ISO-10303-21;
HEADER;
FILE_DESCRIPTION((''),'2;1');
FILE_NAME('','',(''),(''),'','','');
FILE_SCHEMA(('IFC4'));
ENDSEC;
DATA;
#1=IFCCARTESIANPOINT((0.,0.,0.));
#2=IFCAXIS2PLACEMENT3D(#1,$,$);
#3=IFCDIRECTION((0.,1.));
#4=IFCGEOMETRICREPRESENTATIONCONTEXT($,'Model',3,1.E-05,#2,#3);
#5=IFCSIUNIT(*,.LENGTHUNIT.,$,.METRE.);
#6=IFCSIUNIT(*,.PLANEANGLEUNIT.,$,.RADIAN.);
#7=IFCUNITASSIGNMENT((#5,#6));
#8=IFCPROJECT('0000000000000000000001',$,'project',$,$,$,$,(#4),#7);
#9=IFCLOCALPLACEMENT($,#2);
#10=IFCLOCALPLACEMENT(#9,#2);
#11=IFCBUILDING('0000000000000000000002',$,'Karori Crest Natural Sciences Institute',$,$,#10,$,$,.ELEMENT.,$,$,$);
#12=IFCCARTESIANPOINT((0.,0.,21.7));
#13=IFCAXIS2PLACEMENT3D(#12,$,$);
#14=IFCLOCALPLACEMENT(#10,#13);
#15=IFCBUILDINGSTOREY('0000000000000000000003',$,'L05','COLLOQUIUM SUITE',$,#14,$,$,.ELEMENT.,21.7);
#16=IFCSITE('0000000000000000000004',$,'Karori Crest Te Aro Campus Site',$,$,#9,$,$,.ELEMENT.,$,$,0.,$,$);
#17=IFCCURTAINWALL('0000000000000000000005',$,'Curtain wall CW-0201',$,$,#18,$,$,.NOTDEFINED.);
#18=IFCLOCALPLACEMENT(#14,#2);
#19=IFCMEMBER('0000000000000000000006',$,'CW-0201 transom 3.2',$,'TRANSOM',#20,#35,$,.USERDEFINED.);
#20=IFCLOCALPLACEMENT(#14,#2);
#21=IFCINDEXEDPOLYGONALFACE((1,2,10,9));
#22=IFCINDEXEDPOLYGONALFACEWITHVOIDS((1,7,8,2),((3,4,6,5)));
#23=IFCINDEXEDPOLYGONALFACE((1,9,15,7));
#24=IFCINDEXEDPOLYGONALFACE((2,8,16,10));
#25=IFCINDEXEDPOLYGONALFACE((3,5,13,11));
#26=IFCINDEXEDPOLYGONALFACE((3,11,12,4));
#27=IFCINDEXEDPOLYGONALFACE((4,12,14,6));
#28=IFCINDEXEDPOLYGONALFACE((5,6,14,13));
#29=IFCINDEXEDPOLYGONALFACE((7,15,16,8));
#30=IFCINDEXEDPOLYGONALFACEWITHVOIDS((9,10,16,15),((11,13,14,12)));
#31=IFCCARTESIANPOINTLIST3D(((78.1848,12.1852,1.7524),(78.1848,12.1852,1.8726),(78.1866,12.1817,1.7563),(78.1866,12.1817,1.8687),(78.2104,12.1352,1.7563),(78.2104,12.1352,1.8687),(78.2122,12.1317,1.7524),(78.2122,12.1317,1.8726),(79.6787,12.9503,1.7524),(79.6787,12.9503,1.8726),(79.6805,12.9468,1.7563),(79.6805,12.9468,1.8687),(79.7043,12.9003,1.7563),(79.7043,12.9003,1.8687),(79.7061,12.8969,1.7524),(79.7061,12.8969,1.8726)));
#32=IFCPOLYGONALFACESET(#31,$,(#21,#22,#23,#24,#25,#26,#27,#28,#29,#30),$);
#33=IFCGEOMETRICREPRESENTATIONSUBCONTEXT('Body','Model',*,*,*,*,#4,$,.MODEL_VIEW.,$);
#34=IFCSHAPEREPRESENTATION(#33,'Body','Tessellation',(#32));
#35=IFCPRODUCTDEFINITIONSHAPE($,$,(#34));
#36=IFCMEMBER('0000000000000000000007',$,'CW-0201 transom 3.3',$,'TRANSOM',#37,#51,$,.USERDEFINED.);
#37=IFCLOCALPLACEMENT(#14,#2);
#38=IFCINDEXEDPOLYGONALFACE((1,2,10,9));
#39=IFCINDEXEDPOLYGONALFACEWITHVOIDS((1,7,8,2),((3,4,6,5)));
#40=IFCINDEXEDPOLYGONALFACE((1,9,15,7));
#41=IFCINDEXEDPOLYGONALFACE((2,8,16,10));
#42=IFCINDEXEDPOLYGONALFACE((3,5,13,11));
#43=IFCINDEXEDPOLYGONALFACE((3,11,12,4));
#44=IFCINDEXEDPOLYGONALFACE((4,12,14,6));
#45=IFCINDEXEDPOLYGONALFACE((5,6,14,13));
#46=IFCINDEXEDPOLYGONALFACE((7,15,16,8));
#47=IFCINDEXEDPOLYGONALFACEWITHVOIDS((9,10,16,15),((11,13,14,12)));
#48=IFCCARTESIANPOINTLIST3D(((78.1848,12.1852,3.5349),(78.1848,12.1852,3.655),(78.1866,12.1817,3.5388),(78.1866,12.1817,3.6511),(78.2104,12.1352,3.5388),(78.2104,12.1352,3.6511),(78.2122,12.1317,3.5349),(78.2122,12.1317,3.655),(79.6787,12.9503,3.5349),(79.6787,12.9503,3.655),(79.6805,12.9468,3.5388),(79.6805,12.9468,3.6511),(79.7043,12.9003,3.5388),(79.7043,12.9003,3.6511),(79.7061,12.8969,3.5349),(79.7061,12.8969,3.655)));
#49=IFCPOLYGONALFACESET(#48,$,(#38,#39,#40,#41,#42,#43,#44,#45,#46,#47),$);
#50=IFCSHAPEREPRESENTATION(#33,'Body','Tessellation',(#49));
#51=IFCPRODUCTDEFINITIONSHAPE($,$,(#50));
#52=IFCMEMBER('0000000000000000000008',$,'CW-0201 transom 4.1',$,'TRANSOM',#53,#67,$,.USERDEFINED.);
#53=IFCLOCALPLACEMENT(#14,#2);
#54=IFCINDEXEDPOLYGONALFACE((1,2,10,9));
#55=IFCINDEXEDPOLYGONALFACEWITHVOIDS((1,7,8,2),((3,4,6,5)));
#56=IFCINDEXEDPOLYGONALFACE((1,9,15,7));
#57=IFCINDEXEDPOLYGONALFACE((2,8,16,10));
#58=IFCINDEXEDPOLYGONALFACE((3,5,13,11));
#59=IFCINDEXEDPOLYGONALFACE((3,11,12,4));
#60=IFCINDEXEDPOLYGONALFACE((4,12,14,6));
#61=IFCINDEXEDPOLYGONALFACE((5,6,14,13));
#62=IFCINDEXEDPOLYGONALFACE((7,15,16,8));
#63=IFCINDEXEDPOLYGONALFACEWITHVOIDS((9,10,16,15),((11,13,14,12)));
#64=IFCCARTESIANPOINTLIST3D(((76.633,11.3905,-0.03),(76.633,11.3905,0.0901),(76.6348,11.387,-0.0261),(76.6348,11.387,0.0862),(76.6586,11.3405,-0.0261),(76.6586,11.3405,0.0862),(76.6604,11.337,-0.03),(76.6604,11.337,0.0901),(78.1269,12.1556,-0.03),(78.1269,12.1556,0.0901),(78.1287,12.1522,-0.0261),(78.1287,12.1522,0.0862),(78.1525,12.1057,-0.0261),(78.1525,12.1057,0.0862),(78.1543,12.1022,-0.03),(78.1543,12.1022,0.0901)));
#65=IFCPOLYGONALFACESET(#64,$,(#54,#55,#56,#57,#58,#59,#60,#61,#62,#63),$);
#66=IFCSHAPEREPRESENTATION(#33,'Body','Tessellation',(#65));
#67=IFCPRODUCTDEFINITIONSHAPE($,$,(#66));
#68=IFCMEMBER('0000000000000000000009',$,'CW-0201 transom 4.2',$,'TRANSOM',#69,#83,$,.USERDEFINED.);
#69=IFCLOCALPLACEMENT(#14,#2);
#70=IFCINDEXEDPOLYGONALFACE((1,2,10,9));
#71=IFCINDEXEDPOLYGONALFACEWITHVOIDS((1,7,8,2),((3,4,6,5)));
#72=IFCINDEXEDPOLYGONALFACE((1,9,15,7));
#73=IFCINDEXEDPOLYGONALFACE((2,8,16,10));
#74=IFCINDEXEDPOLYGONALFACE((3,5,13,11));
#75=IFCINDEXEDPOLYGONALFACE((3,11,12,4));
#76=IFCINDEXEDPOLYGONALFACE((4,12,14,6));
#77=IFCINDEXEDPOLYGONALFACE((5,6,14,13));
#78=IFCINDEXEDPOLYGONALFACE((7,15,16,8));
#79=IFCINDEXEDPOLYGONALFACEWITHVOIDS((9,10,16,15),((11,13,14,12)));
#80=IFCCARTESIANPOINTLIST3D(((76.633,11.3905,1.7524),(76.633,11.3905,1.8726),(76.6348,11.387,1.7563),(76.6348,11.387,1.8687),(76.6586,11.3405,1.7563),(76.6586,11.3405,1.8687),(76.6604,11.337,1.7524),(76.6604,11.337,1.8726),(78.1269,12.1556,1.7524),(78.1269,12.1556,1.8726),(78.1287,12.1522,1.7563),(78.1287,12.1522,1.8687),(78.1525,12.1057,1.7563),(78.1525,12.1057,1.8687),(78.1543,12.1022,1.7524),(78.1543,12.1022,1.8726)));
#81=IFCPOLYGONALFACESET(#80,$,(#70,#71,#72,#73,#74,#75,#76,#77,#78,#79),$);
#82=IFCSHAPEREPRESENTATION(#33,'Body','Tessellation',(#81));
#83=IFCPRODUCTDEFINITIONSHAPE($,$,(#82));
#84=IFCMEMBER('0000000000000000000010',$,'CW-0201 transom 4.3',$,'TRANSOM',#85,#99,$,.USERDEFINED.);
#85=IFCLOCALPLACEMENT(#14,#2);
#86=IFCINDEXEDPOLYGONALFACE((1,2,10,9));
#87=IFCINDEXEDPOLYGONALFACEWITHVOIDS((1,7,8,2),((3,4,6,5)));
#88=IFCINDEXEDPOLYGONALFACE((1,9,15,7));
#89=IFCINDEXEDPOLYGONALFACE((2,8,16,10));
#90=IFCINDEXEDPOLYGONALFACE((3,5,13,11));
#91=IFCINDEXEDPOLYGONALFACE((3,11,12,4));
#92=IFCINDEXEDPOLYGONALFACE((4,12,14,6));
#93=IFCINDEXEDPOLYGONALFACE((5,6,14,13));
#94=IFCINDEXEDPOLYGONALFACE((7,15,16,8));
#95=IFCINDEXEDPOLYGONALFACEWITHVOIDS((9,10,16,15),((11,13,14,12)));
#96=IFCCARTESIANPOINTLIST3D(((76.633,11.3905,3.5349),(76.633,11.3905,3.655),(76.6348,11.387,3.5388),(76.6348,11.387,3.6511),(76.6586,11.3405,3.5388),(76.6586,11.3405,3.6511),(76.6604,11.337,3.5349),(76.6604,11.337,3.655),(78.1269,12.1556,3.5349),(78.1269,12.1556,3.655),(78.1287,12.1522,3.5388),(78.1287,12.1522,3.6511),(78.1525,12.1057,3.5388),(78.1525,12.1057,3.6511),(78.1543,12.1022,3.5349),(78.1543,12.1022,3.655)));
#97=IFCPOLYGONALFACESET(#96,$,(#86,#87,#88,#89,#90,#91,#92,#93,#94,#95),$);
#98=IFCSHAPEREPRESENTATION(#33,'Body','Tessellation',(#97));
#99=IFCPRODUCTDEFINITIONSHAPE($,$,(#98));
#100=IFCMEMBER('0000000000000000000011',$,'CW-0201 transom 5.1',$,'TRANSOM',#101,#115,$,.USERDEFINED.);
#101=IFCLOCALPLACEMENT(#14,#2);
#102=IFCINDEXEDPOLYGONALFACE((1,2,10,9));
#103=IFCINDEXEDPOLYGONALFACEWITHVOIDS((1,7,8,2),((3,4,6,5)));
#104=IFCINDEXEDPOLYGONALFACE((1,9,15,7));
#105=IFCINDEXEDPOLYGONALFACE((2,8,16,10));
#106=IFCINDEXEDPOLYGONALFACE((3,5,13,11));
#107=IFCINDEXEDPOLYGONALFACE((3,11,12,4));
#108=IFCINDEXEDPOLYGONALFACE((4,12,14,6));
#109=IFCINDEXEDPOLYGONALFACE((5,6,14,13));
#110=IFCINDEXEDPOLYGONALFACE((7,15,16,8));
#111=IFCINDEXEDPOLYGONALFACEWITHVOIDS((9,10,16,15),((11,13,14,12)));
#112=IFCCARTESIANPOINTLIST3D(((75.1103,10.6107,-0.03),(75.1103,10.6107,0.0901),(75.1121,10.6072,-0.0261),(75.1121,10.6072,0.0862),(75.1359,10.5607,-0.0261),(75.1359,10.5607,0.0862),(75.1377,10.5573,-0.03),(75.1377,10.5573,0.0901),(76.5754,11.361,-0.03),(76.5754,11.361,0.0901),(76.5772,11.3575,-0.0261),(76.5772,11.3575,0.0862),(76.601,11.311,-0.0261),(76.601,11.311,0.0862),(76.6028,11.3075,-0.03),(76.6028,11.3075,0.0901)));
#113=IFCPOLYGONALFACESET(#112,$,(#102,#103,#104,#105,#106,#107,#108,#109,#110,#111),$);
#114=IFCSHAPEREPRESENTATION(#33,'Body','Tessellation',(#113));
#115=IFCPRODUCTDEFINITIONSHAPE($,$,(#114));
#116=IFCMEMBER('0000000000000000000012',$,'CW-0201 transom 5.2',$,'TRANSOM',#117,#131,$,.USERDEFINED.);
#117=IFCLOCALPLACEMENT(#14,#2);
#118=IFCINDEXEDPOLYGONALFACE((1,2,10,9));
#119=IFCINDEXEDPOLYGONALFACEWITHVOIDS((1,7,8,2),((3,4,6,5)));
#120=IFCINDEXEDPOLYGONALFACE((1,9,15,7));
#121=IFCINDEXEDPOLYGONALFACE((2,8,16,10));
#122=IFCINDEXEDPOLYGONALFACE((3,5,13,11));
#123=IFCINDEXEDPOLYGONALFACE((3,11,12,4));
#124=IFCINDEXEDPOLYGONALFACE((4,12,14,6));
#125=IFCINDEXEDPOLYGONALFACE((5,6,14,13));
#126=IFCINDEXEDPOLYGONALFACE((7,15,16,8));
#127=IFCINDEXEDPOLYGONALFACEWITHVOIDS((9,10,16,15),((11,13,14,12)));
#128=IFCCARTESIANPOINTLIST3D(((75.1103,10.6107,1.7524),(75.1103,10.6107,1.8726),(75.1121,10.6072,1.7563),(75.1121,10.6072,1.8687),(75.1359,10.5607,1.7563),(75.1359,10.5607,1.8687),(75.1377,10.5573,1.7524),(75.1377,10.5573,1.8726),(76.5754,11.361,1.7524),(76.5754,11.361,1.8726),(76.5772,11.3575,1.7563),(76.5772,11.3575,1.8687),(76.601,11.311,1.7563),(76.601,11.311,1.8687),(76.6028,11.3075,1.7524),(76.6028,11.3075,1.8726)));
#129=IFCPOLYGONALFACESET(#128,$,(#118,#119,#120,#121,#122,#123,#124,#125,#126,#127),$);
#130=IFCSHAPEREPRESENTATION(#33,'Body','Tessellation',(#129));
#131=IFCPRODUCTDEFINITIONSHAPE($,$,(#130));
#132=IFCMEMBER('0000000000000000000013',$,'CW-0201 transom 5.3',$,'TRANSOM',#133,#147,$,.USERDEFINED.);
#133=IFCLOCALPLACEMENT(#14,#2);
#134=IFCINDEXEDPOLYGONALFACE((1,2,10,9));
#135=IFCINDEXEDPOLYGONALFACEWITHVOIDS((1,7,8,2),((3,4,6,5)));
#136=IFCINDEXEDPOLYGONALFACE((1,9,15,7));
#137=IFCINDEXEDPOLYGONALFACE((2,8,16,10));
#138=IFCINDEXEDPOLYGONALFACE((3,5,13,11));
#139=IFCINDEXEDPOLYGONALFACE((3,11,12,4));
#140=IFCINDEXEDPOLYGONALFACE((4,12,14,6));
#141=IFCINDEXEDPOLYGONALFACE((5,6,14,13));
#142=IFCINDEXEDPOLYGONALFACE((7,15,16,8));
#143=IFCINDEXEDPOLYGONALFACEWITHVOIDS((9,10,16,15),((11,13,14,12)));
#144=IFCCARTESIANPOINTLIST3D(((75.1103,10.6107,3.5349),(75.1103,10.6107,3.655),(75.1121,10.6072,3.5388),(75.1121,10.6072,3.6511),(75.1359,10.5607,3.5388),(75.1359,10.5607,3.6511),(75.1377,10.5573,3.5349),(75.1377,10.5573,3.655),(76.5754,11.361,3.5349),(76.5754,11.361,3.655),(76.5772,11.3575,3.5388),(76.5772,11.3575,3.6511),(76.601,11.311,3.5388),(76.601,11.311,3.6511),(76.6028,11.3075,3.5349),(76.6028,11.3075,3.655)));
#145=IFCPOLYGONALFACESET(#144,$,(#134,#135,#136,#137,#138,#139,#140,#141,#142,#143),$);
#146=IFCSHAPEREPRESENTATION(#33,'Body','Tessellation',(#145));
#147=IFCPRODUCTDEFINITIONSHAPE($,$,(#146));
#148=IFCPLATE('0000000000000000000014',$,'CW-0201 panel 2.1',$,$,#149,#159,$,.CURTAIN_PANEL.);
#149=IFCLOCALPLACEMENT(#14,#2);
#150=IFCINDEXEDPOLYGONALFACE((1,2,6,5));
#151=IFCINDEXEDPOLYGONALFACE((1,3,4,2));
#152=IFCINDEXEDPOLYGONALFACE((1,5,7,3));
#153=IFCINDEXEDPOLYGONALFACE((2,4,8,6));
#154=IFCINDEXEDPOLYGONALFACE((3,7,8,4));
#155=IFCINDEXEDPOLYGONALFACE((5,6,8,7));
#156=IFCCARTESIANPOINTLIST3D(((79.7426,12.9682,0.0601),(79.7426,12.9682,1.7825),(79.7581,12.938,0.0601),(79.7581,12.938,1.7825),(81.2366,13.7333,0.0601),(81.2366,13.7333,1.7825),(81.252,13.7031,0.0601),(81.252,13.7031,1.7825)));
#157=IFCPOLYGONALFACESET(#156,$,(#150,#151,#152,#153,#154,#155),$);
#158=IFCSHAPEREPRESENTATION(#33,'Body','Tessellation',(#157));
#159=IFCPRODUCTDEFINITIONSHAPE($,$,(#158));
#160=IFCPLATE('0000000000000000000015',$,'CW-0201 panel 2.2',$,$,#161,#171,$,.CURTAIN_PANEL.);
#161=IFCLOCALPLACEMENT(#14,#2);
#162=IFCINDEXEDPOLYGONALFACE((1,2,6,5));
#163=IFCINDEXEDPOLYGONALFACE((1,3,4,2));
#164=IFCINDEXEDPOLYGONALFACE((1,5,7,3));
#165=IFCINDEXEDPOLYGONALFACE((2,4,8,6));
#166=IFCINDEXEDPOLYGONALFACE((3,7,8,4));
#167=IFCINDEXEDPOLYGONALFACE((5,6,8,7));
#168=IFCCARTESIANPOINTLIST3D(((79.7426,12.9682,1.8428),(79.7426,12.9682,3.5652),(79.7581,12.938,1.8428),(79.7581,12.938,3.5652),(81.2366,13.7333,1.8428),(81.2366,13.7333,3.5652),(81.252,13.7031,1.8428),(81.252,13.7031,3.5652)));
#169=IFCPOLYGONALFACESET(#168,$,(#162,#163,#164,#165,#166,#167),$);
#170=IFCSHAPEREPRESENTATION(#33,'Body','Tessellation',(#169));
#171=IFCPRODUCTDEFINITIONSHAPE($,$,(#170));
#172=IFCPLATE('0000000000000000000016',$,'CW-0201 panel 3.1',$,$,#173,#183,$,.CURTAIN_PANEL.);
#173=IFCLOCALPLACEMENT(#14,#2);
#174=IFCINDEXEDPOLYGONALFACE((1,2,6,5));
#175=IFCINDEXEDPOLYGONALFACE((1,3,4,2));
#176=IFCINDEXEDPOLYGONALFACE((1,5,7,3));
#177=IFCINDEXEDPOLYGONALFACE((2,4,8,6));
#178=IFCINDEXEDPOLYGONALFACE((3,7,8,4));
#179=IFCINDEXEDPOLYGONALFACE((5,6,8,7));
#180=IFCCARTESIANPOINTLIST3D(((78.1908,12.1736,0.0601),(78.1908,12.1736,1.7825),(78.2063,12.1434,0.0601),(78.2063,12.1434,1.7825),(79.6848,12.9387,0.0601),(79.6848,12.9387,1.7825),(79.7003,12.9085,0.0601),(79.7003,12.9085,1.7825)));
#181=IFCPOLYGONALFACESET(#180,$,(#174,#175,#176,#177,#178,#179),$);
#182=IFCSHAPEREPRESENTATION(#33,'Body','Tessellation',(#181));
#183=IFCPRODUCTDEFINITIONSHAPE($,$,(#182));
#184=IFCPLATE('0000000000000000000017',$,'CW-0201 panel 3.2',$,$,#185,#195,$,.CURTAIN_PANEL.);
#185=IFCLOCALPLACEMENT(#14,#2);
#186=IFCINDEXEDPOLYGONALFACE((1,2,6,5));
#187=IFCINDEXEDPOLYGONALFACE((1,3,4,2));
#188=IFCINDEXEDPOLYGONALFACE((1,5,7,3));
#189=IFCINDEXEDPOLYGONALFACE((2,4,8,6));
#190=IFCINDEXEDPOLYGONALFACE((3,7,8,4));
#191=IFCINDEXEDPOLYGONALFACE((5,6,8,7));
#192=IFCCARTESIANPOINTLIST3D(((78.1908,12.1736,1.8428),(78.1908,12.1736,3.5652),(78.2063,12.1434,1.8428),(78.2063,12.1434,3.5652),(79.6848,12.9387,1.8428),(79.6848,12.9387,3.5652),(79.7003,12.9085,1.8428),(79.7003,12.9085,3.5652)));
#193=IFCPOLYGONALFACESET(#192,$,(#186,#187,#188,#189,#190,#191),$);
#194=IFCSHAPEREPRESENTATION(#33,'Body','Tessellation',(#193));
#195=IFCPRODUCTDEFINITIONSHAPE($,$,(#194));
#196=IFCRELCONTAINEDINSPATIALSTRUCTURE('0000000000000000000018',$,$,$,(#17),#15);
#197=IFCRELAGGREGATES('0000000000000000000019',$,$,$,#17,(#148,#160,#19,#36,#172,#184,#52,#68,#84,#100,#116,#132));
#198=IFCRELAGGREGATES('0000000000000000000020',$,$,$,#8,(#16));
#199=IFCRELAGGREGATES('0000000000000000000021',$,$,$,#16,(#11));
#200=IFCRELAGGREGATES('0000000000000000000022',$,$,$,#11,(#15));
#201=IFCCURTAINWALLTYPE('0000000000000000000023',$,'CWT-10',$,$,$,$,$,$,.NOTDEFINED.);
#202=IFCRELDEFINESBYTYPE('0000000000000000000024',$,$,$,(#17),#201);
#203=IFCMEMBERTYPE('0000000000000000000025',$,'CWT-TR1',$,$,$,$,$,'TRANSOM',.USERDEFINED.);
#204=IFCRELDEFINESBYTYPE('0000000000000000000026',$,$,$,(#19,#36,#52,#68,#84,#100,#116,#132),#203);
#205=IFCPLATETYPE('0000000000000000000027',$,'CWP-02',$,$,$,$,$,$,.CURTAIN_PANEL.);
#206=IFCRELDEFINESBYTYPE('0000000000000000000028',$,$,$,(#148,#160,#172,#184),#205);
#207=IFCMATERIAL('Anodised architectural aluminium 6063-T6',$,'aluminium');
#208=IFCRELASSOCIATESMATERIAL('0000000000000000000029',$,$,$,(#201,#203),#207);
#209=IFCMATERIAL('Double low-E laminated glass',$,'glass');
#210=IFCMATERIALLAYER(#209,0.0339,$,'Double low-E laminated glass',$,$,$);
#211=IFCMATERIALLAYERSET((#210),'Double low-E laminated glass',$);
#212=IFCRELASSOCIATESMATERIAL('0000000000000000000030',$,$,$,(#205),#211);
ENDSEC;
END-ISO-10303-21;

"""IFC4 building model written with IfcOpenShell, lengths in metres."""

from ifc_helpers import new_model, si_unit, direction, frame, origin, origin_2d, place, context, subcontext, project, spatial, rectangle, hollow_rectangle, extrude, material, layer, layer_set, material_profile, profile_set, type_object, element, aggregate, save


model = new_model("IFC4")

# Units and contexts
model_context = context("Model", 3, precision=1e-05, world=origin(), true_north=direction((0.0, 1.0)))
body_context = subcontext(model_context, "Body", "Model", "MODEL_VIEW")
ifc_project = project(units=[si_unit("LENGTHUNIT", "METRE"), si_unit("PLANEANGLEUNIT", "RADIAN")], contexts=[model_context])

# Site, building, storey
site_placement = place(None, origin())
site = spatial("IfcSite", under=ifc_project, at=site_placement, Name="Karori Crest Te Aro Campus Site", CompositionType="ELEMENT", RefElevation=0.0)
building_placement = place(site_placement, origin())
building = spatial("IfcBuilding", under=site, at=building_placement, Name="Karori Crest Natural Sciences Institute", CompositionType="ELEMENT")
storey_placement = place(building_placement, frame((0.0, 0.0, 21.7)))
storey = spatial("IfcBuildingStorey", under=building, at=storey_placement, Name="L05", Description="COLLOQUIUM SUITE", CompositionType="ELEMENT", Elevation=21.7)

# Curtain wall, members, plates
ifc_material_1 = material(Name="Anodised architectural aluminium 6063-T6", Category="aluminium")
curtain_wall_type = type_object("IfcCurtainWallType", Name="CWT-10", PredefinedType="NOTDEFINED", material=ifc_material_1)
curtain_wall_placement = place(storey_placement, origin())
curtain_wall = element("IfcCurtainWall", 1, at=curtain_wall_placement, inside=storey, type_object=curtain_wall_type, Name="Curtain wall CW-0201", PredefinedType="NOTDEFINED")
ifc_material_profile_1 = material_profile(ifc_material_1, hollow_rectangle(XDim=0.0601, YDim=0.1201, WallThickness=0.0039, at=origin_2d()), Name="CWT120x60x4")
ifc_profile_set_1 = profile_set([ifc_material_profile_1], Name="Anodised architectural aluminium 6063-T6")
member_type_1 = type_object("IfcMemberType", Name="CWT-TR1", ElementType="TRANSOM", PredefinedType="USERDEFINED", material=ifc_profile_set_1)
member_1_placement = place(storey_placement, frame((79.6924, 12.9236, 1.8125), z_axis=(-0.890051, -0.455862, 0.0), x_axis=(0.455862, -0.890051, 0.0)))
member_1 = element("IfcMember", 2, at=member_1_placement, type_object=member_type_1, Name="CW-0201 transom 3.2", ObjectType="TRANSOM", PredefinedType="USERDEFINED", context=body_context, shape_type="SweptSolid", body=[
    extrude(hollow_rectangle(XDim=0.0601, YDim=0.1201, WallThickness=0.0039, at=origin_2d()), origin(), (0.0, 0.0, 1.0), 1.6785),
])
member_2_placement = place(storey_placement, frame((79.6924, 12.9236, 3.595), z_axis=(-0.890051, -0.455862, 0.0), x_axis=(0.455862, -0.890051, 0.0)))
member_2 = element("IfcMember", 3, at=member_2_placement, type_object=member_type_1, Name="CW-0201 transom 3.3", ObjectType="TRANSOM", PredefinedType="USERDEFINED", context=body_context, shape_type="SweptSolid", body=[
    extrude(hollow_rectangle(XDim=0.0601, YDim=0.1201, WallThickness=0.0039, at=origin_2d()), origin(), (0.0, 0.0, 1.0), 1.6785),
])
member_3_placement = place(storey_placement, frame((78.1406, 12.1289, 0.03), z_axis=(-0.890051, -0.455862, 0.0), x_axis=(0.455862, -0.890051, 0.0)))
member_3 = element("IfcMember", 4, at=member_3_placement, type_object=member_type_1, Name="CW-0201 transom 4.1", ObjectType="TRANSOM", PredefinedType="USERDEFINED", context=body_context, shape_type="SweptSolid", body=[
    extrude(hollow_rectangle(XDim=0.0601, YDim=0.1201, WallThickness=0.0039, at=origin_2d()), origin(), (0.0, 0.0, 1.0), 1.6785),
])
member_4_placement = place(storey_placement, frame((78.1406, 12.1289, 1.8125), z_axis=(-0.890051, -0.455862, 0.0), x_axis=(0.455862, -0.890051, 0.0)))
member_4 = element("IfcMember", 5, at=member_4_placement, type_object=member_type_1, Name="CW-0201 transom 4.2", ObjectType="TRANSOM", PredefinedType="USERDEFINED", context=body_context, shape_type="SweptSolid", body=[
    extrude(hollow_rectangle(XDim=0.0601, YDim=0.1201, WallThickness=0.0039, at=origin_2d()), origin(), (0.0, 0.0, 1.0), 1.6785),
])
member_5_placement = place(storey_placement, frame((78.1406, 12.1289, 3.595), z_axis=(-0.890051, -0.455862, 0.0), x_axis=(0.455862, -0.890051, 0.0)))
member_5 = element("IfcMember", 6, at=member_5_placement, type_object=member_type_1, Name="CW-0201 transom 4.3", ObjectType="TRANSOM", PredefinedType="USERDEFINED", context=body_context, shape_type="SweptSolid", body=[
    extrude(hollow_rectangle(XDim=0.0601, YDim=0.1201, WallThickness=0.0039, at=origin_2d()), origin(), (0.0, 0.0, 1.0), 1.6785),
])
member_6_placement = place(storey_placement, frame((76.5891, 11.3342, 0.03), z_axis=(-0.890084, -0.455796, 0.0), x_axis=(0.455796, -0.890084, 0.0)))
member_6 = element("IfcMember", 7, at=member_6_placement, type_object=member_type_1, Name="CW-0201 transom 5.1", ObjectType="TRANSOM", PredefinedType="USERDEFINED", context=body_context, shape_type="SweptSolid", body=[
    extrude(hollow_rectangle(XDim=0.0601, YDim=0.1201, WallThickness=0.0039, at=origin_2d()), origin(), (0.0, 0.0, 1.0), 1.646),
])
member_7_placement = place(storey_placement, frame((76.5891, 11.3342, 1.8125), z_axis=(-0.890084, -0.455796, 0.0), x_axis=(0.455796, -0.890084, 0.0)))
member_7 = element("IfcMember", 8, at=member_7_placement, type_object=member_type_1, Name="CW-0201 transom 5.2", ObjectType="TRANSOM", PredefinedType="USERDEFINED", context=body_context, shape_type="SweptSolid", body=[
    extrude(hollow_rectangle(XDim=0.0601, YDim=0.1201, WallThickness=0.0039, at=origin_2d()), origin(), (0.0, 0.0, 1.0), 1.646),
])
member_8_placement = place(storey_placement, frame((76.5891, 11.3342, 3.595), z_axis=(-0.890084, -0.455796, 0.0), x_axis=(0.455796, -0.890084, 0.0)))
member_8 = element("IfcMember", 9, at=member_8_placement, type_object=member_type_1, Name="CW-0201 transom 5.3", ObjectType="TRANSOM", PredefinedType="USERDEFINED", context=body_context, shape_type="SweptSolid", body=[
    extrude(hollow_rectangle(XDim=0.0601, YDim=0.1201, WallThickness=0.0039, at=origin_2d()), origin(), (0.0, 0.0, 1.0), 1.646),
])
ifc_material_2 = material(Name="Double low-E laminated glass", Category="glass")
ifc_layer_1 = layer(ifc_material_2, 0.0339, Name="Double low-E laminated glass")
ifc_layer_set_1 = layer_set([ifc_layer_1], Name="Double low-E laminated glass")
plate_type = type_object("IfcPlateType", Name="CWP-02", PredefinedType="CURTAIN_PANEL", material=ifc_layer_set_1)
plate_1_placement = place(storey_placement, frame((80.4973, 13.3357, 0.0601), z_axis=(0.0, 0.0, 1.0), x_axis=(-0.890067, -0.455829, 0.0)))
plate_1 = element("IfcPlate", 10, at=plate_1_placement, type_object=plate_type, Name="CW-0201 panel 2.1", PredefinedType="CURTAIN_PANEL", context=body_context, shape_type="SweptSolid", body=[
    extrude(rectangle(XDim=1.6785, YDim=0.0339, at=origin_2d()), origin(), (0.0, 0.0, 1.0), 1.7224),
])
plate_2_placement = place(storey_placement, frame((80.4973, 13.3357, 1.8428), z_axis=(0.0, 0.0, 1.0), x_axis=(-0.890067, -0.455829, 0.0)))
plate_2 = element("IfcPlate", 11, at=plate_2_placement, type_object=plate_type, Name="CW-0201 panel 2.2", PredefinedType="CURTAIN_PANEL", context=body_context, shape_type="SweptSolid", body=[
    extrude(rectangle(XDim=1.6785, YDim=0.0339, at=origin_2d()), origin(), (0.0, 0.0, 1.0), 1.7224),
])
plate_3_placement = place(storey_placement, frame((78.9456, 12.541, 0.0601), z_axis=(0.0, 0.0, 1.0), x_axis=(-0.890067, -0.455829, 0.0)))
plate_3 = element("IfcPlate", 12, at=plate_3_placement, type_object=plate_type, Name="CW-0201 panel 3.1", PredefinedType="CURTAIN_PANEL", context=body_context, shape_type="SweptSolid", body=[
    extrude(rectangle(XDim=1.6785, YDim=0.0339, at=origin_2d()), origin(), (0.0, 0.0, 1.0), 1.7224),
])
plate_4_placement = place(storey_placement, frame((78.9456, 12.541, 1.8428), z_axis=(0.0, 0.0, 1.0), x_axis=(-0.890067, -0.455829, 0.0)))
plate_4 = element("IfcPlate", 13, at=plate_4_placement, type_object=plate_type, Name="CW-0201 panel 3.2", PredefinedType="CURTAIN_PANEL", context=body_context, shape_type="SweptSolid", body=[
    extrude(rectangle(XDim=1.6785, YDim=0.0339, at=origin_2d()), origin(), (0.0, 0.0, 1.0), 1.7224),
])
aggregate(curtain_wall, [plate_1, plate_2, member_1, member_2, plate_3, plate_4, member_3, member_4, member_5, member_6, member_7, member_8])

save(model, "model.ifc")
